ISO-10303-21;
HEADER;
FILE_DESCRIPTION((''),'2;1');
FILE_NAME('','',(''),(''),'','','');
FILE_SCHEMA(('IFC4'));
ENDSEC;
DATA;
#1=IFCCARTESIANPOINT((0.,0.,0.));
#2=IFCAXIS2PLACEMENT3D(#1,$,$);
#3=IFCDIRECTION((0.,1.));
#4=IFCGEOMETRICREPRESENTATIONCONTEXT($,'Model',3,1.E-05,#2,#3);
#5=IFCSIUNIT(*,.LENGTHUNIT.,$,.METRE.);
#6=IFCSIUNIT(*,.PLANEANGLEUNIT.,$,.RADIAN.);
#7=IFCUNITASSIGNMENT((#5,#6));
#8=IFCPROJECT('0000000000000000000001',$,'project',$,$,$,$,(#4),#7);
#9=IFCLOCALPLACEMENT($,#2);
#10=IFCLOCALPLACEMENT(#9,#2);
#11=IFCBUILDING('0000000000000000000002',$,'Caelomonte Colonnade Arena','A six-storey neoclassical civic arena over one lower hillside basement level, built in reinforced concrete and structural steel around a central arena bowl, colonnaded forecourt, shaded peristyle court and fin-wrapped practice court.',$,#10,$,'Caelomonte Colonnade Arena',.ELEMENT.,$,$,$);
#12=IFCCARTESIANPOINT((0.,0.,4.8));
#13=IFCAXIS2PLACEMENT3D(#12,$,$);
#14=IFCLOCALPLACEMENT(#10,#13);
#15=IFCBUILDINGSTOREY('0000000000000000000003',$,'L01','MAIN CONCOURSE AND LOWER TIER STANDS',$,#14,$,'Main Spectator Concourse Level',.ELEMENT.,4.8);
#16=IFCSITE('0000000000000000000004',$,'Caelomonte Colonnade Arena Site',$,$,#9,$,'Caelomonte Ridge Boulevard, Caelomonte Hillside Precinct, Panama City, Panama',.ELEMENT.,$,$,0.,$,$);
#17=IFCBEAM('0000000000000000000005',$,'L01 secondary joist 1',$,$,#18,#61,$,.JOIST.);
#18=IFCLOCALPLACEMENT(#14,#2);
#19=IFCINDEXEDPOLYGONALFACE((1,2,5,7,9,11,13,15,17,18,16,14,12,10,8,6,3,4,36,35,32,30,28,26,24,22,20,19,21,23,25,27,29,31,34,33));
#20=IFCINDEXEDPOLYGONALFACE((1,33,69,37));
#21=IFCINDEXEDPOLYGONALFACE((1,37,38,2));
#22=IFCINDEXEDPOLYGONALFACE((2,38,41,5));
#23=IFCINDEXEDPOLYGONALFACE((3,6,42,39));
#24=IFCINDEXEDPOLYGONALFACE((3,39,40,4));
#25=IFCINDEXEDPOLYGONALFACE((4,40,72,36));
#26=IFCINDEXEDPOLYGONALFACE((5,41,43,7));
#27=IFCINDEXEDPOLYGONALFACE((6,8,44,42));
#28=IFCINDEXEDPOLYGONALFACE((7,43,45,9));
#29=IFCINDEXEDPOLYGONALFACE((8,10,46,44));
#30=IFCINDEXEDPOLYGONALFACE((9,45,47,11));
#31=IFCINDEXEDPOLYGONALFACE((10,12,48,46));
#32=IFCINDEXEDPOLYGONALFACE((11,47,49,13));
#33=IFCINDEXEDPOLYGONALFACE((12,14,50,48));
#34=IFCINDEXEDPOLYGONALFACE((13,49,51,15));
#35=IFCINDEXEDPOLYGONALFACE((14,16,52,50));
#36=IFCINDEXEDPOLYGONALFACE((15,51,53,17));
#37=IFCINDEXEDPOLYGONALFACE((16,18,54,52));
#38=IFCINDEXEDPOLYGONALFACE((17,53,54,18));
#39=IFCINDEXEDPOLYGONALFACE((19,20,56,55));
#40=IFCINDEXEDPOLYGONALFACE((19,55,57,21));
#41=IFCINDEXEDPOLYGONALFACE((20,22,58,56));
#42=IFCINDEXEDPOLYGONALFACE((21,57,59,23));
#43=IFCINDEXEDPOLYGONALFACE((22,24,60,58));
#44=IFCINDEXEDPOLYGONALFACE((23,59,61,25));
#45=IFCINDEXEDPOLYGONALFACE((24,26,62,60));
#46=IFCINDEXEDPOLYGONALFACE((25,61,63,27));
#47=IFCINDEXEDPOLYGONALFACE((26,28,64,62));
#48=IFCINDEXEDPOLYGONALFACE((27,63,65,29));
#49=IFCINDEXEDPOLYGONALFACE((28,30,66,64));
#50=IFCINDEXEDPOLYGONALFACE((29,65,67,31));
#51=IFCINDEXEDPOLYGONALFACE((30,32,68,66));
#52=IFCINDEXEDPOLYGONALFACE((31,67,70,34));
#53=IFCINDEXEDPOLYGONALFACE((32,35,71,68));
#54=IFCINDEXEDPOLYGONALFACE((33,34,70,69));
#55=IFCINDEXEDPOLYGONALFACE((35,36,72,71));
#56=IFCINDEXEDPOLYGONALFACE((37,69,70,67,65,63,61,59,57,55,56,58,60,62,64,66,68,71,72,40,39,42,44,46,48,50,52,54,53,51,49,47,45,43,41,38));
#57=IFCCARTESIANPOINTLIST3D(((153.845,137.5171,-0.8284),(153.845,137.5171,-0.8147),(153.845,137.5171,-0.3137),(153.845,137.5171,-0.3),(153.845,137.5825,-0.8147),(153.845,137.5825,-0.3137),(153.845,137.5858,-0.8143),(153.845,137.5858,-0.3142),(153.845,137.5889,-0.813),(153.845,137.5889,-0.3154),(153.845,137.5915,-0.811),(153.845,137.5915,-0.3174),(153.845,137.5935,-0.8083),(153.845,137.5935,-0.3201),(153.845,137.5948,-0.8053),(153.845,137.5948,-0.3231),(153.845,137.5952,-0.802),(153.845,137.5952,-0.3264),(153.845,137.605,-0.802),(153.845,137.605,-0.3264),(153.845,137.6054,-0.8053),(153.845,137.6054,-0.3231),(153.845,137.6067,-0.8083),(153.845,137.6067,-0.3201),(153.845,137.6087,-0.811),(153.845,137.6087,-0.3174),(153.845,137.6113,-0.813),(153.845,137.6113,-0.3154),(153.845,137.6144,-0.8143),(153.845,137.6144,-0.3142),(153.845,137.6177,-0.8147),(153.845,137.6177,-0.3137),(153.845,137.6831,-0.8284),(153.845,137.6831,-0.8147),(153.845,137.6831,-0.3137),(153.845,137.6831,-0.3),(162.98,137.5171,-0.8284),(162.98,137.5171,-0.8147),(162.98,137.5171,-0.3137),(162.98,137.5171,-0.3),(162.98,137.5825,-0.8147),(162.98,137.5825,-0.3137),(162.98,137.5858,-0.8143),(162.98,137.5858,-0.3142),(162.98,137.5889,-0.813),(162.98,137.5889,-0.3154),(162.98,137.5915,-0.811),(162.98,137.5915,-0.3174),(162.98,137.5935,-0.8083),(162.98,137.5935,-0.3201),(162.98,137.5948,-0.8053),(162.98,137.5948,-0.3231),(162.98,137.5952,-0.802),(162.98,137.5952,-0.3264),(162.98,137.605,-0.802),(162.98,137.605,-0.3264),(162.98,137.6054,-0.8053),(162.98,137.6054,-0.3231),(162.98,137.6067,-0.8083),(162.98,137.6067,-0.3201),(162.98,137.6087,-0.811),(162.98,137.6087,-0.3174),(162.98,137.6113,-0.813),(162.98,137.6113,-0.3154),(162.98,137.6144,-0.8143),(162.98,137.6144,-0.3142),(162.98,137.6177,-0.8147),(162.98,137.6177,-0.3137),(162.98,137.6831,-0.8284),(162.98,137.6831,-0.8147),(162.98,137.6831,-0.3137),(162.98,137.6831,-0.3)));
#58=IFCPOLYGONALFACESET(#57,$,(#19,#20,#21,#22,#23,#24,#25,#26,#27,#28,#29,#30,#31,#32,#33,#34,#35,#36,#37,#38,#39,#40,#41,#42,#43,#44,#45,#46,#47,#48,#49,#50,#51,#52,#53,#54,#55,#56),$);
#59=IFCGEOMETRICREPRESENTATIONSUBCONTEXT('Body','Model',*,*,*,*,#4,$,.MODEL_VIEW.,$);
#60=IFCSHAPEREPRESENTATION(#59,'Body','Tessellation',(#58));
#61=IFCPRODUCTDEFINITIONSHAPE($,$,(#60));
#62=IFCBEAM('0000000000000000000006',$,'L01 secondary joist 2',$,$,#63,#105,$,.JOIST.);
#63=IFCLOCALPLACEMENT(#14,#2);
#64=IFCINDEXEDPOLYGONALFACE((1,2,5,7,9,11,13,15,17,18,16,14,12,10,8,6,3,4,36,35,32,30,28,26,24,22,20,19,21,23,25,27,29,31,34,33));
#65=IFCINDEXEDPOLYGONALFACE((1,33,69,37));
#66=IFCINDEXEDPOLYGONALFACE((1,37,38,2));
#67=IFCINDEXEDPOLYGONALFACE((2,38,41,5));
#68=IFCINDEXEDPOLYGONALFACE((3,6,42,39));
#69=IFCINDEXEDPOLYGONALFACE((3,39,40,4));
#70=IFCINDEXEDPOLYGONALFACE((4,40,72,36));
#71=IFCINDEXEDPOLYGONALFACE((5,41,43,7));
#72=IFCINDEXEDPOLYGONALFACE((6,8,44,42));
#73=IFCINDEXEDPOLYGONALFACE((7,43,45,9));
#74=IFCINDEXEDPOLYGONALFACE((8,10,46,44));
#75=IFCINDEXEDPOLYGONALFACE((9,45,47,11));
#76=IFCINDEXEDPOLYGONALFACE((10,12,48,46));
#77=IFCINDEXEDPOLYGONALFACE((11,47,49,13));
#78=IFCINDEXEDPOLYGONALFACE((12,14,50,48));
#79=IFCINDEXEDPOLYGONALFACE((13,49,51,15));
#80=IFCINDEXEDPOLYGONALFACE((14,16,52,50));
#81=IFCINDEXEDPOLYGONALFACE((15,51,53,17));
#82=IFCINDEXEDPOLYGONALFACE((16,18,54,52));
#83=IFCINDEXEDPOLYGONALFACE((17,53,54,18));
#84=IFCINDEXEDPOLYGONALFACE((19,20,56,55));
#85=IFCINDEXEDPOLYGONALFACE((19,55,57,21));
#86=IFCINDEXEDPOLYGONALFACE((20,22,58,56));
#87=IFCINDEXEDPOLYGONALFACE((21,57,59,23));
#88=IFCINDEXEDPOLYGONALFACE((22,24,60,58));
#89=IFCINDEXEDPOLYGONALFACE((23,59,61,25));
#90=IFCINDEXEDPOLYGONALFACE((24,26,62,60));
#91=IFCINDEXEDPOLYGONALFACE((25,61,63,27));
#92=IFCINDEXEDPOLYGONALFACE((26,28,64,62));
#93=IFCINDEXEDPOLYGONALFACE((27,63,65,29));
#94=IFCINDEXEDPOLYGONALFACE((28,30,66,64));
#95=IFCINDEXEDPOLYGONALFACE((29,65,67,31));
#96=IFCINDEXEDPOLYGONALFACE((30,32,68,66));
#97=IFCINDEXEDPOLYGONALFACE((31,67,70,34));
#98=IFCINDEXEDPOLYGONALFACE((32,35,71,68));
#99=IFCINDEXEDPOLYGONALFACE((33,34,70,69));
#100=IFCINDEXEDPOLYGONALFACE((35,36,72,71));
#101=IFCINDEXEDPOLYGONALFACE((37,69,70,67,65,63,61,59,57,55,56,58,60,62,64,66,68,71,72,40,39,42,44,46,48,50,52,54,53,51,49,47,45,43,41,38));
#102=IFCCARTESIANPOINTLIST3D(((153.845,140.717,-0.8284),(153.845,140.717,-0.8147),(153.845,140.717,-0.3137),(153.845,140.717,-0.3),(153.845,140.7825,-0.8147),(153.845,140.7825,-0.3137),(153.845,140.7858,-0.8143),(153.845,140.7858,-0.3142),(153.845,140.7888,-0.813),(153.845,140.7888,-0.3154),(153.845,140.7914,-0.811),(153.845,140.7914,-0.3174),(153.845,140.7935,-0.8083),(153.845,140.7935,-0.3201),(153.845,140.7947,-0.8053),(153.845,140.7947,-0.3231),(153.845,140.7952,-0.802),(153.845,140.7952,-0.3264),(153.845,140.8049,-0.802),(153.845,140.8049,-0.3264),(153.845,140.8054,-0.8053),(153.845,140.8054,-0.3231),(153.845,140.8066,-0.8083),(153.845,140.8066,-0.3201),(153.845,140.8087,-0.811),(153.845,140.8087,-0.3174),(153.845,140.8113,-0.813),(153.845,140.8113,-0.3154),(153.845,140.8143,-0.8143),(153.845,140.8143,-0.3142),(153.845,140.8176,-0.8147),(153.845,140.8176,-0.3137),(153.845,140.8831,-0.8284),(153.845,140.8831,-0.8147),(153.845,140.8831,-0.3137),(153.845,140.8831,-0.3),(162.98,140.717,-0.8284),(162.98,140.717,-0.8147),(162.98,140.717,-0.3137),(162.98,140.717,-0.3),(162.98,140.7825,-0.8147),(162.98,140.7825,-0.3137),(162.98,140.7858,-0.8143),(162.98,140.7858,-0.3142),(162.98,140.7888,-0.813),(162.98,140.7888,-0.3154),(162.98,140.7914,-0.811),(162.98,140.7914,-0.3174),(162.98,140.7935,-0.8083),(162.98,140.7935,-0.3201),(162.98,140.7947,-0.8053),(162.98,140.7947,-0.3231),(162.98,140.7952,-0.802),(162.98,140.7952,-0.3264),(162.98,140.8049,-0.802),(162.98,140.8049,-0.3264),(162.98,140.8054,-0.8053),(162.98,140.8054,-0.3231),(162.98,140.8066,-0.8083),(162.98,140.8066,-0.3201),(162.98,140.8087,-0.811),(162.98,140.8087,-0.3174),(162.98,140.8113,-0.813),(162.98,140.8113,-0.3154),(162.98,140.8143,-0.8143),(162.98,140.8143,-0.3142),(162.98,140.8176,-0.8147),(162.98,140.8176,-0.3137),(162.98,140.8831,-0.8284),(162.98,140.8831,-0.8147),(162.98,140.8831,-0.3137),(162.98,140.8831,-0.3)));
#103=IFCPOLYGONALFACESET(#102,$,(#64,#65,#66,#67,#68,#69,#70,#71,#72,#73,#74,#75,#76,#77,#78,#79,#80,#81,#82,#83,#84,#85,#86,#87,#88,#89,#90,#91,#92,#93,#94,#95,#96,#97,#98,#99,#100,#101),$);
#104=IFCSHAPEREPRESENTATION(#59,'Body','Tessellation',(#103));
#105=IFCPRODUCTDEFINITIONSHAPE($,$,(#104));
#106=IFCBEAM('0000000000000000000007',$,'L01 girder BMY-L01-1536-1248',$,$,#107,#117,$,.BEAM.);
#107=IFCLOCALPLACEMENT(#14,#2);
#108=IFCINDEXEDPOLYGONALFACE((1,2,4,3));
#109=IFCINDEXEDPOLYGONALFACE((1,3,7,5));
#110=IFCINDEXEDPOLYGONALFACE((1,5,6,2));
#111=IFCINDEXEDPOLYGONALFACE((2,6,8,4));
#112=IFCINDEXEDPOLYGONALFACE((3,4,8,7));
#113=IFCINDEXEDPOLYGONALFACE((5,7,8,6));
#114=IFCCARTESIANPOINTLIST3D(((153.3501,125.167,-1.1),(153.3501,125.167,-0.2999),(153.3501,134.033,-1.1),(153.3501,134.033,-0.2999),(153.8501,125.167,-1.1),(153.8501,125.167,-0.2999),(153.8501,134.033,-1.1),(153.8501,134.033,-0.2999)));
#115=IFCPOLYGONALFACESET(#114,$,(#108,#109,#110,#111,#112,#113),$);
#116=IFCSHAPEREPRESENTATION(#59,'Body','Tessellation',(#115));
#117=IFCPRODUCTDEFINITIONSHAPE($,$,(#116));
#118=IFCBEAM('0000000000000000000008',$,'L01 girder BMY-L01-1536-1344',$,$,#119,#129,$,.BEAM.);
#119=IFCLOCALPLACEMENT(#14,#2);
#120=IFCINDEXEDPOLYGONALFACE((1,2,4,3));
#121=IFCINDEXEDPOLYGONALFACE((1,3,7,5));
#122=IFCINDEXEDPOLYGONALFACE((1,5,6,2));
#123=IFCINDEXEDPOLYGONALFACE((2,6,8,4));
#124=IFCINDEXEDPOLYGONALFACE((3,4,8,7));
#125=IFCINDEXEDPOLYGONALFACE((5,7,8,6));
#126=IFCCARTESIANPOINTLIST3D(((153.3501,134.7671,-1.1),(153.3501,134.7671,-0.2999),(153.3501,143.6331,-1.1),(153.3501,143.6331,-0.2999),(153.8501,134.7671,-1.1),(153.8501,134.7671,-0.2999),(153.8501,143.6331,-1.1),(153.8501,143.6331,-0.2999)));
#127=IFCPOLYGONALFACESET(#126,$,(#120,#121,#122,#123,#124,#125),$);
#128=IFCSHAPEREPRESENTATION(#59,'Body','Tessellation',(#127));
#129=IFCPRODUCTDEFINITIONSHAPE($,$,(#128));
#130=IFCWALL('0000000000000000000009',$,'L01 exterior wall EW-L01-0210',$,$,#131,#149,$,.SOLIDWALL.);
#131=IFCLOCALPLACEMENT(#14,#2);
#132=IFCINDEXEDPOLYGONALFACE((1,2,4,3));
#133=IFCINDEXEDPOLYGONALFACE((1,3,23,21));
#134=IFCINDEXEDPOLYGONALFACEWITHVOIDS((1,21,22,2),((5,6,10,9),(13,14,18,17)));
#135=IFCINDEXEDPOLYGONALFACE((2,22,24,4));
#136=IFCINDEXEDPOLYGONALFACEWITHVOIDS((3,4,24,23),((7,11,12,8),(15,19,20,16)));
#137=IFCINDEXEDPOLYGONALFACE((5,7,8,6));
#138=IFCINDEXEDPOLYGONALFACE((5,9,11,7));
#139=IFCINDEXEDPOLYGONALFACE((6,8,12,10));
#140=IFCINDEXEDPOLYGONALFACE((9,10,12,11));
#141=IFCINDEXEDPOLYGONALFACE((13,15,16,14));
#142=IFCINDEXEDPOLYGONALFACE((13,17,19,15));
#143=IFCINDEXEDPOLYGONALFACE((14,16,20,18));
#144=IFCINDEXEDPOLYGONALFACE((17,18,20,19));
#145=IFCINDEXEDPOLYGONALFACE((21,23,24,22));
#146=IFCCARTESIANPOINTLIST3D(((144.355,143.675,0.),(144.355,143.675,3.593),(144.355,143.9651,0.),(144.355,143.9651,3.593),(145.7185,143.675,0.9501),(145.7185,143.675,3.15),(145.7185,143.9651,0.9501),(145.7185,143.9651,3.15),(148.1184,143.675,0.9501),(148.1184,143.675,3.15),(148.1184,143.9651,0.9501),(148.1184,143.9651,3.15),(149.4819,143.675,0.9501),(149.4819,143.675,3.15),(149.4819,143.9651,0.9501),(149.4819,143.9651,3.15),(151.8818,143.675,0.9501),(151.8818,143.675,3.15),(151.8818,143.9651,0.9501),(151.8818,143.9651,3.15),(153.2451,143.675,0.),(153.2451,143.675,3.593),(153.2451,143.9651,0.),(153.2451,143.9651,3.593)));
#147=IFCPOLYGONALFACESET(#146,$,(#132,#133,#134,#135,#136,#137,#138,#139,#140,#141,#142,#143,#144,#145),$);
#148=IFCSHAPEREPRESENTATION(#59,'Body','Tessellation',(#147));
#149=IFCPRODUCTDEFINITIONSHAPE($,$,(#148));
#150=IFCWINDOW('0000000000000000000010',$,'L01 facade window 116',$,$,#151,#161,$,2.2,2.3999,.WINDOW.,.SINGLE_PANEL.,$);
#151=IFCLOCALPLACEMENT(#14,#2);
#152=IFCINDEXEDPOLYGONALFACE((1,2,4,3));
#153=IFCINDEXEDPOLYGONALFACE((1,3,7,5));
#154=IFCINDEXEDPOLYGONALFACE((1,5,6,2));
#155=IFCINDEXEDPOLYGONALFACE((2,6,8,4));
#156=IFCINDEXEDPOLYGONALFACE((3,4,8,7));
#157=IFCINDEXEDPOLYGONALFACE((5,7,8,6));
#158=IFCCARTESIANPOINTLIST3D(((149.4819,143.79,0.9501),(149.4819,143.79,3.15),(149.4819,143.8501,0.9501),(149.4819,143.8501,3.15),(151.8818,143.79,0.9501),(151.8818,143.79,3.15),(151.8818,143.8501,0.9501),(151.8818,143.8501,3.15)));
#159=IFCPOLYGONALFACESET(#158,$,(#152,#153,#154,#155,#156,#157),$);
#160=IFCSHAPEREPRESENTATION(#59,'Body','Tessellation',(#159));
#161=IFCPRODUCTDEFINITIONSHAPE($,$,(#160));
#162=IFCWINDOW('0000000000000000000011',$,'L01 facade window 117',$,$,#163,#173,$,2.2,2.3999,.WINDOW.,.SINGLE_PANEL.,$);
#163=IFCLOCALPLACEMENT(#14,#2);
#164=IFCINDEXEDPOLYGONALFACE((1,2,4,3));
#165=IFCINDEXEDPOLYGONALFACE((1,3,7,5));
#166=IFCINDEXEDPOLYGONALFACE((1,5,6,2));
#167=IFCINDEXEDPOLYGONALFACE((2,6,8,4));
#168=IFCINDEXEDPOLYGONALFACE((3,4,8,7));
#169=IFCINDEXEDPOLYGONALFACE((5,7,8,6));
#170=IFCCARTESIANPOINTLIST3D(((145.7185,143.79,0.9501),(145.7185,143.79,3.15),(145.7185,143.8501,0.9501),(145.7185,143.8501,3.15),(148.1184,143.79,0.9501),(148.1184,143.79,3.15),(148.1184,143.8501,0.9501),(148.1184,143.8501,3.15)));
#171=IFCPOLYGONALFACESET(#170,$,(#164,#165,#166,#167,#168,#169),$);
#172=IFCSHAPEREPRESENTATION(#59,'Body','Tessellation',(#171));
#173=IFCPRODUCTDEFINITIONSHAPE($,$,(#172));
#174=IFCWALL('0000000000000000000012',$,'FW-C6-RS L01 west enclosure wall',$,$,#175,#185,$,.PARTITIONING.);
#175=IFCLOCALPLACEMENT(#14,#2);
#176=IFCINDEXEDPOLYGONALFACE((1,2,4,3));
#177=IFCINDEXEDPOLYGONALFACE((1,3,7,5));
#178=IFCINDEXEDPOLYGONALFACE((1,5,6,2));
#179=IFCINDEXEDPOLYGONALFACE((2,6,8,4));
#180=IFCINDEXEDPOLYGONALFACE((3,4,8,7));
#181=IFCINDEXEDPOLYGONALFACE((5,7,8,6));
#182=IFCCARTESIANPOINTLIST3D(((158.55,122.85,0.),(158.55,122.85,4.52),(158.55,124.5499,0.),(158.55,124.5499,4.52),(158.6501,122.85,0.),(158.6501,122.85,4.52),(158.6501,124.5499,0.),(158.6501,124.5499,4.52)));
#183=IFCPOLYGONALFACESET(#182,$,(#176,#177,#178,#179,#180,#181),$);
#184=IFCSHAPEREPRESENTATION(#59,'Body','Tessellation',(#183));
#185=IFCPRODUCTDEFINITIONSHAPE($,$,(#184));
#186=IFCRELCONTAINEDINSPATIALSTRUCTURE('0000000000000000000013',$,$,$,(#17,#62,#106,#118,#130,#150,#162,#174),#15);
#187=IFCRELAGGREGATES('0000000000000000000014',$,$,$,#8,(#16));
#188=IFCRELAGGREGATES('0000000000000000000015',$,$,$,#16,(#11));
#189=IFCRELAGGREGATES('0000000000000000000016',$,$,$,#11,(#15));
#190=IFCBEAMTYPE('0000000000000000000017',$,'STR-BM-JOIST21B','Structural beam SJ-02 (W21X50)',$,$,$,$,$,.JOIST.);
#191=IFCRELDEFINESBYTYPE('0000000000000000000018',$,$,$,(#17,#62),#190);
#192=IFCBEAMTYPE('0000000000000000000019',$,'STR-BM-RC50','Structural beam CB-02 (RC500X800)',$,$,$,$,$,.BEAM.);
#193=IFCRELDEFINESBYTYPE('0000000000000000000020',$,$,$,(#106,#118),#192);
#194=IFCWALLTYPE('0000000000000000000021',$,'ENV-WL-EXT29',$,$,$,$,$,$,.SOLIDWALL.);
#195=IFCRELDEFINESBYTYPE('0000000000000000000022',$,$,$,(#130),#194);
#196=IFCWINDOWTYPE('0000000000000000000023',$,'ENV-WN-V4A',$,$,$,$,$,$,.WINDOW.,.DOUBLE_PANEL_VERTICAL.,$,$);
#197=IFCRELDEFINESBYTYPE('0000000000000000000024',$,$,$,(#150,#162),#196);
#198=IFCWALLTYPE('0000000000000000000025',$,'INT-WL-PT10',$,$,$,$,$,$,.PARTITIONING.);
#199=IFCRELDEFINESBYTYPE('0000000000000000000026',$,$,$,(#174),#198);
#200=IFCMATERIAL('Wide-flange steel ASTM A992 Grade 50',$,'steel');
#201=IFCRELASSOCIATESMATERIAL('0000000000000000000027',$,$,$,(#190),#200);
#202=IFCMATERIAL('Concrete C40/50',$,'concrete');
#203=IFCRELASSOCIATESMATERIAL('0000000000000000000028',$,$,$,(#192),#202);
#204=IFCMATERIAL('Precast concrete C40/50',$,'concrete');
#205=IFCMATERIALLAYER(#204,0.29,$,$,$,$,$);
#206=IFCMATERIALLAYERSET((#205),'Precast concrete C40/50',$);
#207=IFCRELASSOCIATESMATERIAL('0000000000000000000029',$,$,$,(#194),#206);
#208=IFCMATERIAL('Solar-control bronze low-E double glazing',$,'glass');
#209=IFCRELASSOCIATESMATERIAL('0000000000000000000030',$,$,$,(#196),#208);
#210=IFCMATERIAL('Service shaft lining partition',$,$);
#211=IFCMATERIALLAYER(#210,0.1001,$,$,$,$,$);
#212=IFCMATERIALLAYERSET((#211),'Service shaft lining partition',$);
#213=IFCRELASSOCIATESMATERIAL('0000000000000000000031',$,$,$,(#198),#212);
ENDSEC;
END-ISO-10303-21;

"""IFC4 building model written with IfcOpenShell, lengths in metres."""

from ifc_helpers import new_model, si_unit, direction, frame, frame_2d, origin, origin_2d, place, context, subcontext, project, spatial, rectangle, i_section, extrude, material, layer, layer_set, material_profile, profile_set, type_object, element, fill, save


model = new_model("IFC4")

# Units and contexts
model_context = context("Model", 3, precision=1e-05, world=origin(), true_north=direction((0.0, 1.0)))
body_context = subcontext(model_context, "Body", "Model", "MODEL_VIEW")
ifc_project = project(units=[si_unit("LENGTHUNIT", "METRE"), si_unit("PLANEANGLEUNIT", "RADIAN")], contexts=[model_context])

# Site, building, storey
site_placement = place(None, origin())
site = spatial("IfcSite", under=ifc_project, at=site_placement, Name="Caelomonte Colonnade Arena Site", LongName="Caelomonte Ridge Boulevard, Caelomonte Hillside Precinct, Panama City, Panama", CompositionType="ELEMENT", RefElevation=0.0)
building_placement = place(site_placement, origin())
building = spatial("IfcBuilding", under=site, at=building_placement, Name="Caelomonte Colonnade Arena", Description="A six-storey neoclassical civic arena over one lower hillside basement level, built in reinforced concrete and structural steel around a central arena bowl, colonnaded forecourt, shaded peristyle court and fin-wrapped practice court.", LongName="Caelomonte Colonnade Arena", CompositionType="ELEMENT")
storey_placement = place(building_placement, frame((0.0, 0.0, 4.8)))
storey = spatial("IfcBuildingStorey", under=building, at=storey_placement, Name="L01", Description="MAIN CONCOURSE AND LOWER TIER STANDS", LongName="Main Spectator Concourse Level", CompositionType="ELEMENT", Elevation=4.8)

# Shared definitions
ifc_material_1 = material(Name="Concrete C40/50", Category="concrete")

# Beams
ifc_material_2 = material(Name="Wide-flange steel ASTM A992 Grade 50", Category="steel")
ifc_material_profile_1 = material_profile(ifc_material_2, i_section(OverallWidth=0.166, OverallDepth=0.5283, WebThickness=0.0098, FlangeThickness=0.0137, FilletRadius=0.0127, at=origin_2d()), Name="W21X50")
ifc_profile_set_1 = profile_set([ifc_material_profile_1], Name="Wide-flange steel ASTM A992 Grade 50")
beam_type_1 = type_object("IfcBeamType", Name="STR-BM-JOIST21B", Description="Structural beam SJ-02 (W21X50)", PredefinedType="JOIST", material=ifc_profile_set_1)
for number, where, z_axis, x_axis, name in (
    (1, (153.845, 137.6001, -0.5642), (1.0, 0.0, 0.0), (0.0, 1.0, 0.0), "L01 secondary joist 1"),
    (2, (153.845, 140.8, -0.5642), (1.0, 0.0, 0.0), (0.0, 1.0, 0.0), "L01 secondary joist 2"),
):
    element("IfcBeam", number, at=place(storey_placement, frame(where, z_axis=z_axis, x_axis=x_axis)), inside=storey, type_object=beam_type_1, Name=name, PredefinedType="JOIST", context=body_context, shape_type="SweptSolid", body=[
        extrude(i_section(OverallWidth=0.166, OverallDepth=0.5283, WebThickness=0.0098, FlangeThickness=0.0137, FilletRadius=0.0127, at=origin_2d()), origin(), (0.0, 0.0, 1.0), 9.135),
    ])
ifc_material_profile_2 = material_profile(ifc_material_1, rectangle(XDim=0.5, YDim=0.8, at=origin_2d()), Name="RC500X800")
ifc_profile_set_2 = profile_set([ifc_material_profile_2], Name="Concrete C40/50")
beam_type_2 = type_object("IfcBeamType", Name="STR-BM-RC50", Description="Structural beam CB-02 (RC500X800)", PredefinedType="BEAM", material=ifc_profile_set_2)
for number, where, z_axis, x_axis, name in (
    (3, (153.6001, 125.167, -0.7), (0.0, 1.0, 0.0), (-1.0, 0.0, 0.0), "L01 girder BMY-L01-1536-1248"),
    (4, (153.6001, 134.7671, -0.7), (0.0, 1.0, 0.0), (-1.0, 0.0, 0.0), "L01 girder BMY-L01-1536-1344"),
):
    element("IfcBeam", number, at=place(storey_placement, frame(where, z_axis=z_axis, x_axis=x_axis)), inside=storey, type_object=beam_type_2, Name=name, PredefinedType="BEAM", context=body_context, shape_type="SweptSolid", body=[
        extrude(rectangle(XDim=0.5, YDim=0.8, at=origin_2d()), origin(), (0.0, 0.0, 1.0), 8.866),
    ])

# Wall, openings, windows
ifc_material_3 = material(Name="Precast concrete C40/50", Category="concrete")
ifc_layer_1 = layer(ifc_material_3, 0.29)
ifc_layer_set_1 = layer_set([ifc_layer_1], Name="Precast concrete C40/50")
wall_type_1 = type_object("IfcWallType", Name="ENV-WL-EXT29", PredefinedType="SOLIDWALL", material=ifc_layer_set_1)
wall_1_placement = place(storey_placement, frame((153.2451, 143.8201, 0.0), z_axis=(0.0, 0.0, 1.0), x_axis=(-1.0, 0.0, 0.0)))
wall_1 = element("IfcWall", 5, at=wall_1_placement, inside=storey, type_object=wall_type_1, Name="L01 exterior wall EW-L01-0210", PredefinedType="SOLIDWALL", context=body_context, shape_type="SweptSolid", body=[
    extrude(rectangle(XDim=8.8901, YDim=0.29, at=frame_2d((4.4451, 0.0))), origin(), (0.0, 0.0, 1.0), 3.593),
])
opening_1_placement = place(wall_1_placement, frame((3.7632, 0.0, 0.95), z_axis=(0.0, 0.0, 1.0), x_axis=(-1.0, 0.0, 0.0)))
opening_1 = element("IfcOpeningElement", 6, at=opening_1_placement, cuts=wall_1, PredefinedType="OPENING", context=body_context, shape_type="SweptSolid", body=[
    extrude(rectangle(XDim=2.3999, YDim=2.2, at=frame_2d((1.2, 1.1001))), frame((0.0, 0.155, 0.0), z_axis=(0.0, -1.0, 0.0), x_axis=(1.0, 0.0, 0.0)), (0.0, 0.0, 1.0), 0.3101),
])
opening_2_placement = place(wall_1_placement, frame((7.5266, 0.0, 0.95), z_axis=(0.0, 0.0, 1.0), x_axis=(-1.0, 0.0, 0.0)))
opening_2 = element("IfcOpeningElement", 7, at=opening_2_placement, cuts=wall_1, PredefinedType="OPENING", context=body_context, shape_type="SweptSolid", body=[
    extrude(rectangle(XDim=2.3999, YDim=2.2, at=frame_2d((1.2, 1.1001))), frame((0.0, 0.155, 0.0), z_axis=(0.0, -1.0, 0.0), x_axis=(1.0, 0.0, 0.0)), (0.0, 0.0, 1.0), 0.3101),
])
ifc_material_4 = material(Name="Solar-control bronze low-E double glazing", Category="glass")
window_type = type_object("IfcWindowType", Name="ENV-WN-V4A", PartitioningType="DOUBLE_PANEL_VERTICAL", PredefinedType="WINDOW", material=ifc_material_4)
window_1_placement = place(opening_1_placement, origin())
window_1 = element("IfcWindow", 8, at=window_1_placement, inside=storey, type_object=window_type, Name="L01 facade window 116", OverallHeight=2.2, OverallWidth=2.3999, PartitioningType="SINGLE_PANEL", PredefinedType="WINDOW", context=body_context, shape_type="SweptSolid", body=[
    extrude(rectangle(XDim=2.3999, YDim=2.2, at=frame_2d((1.2, 1.1001))), frame((0.0, 0.03, 0.0), z_axis=(0.0, -1.0, 0.0), x_axis=(1.0, 0.0, 0.0)), (0.0, 0.0, 1.0), 0.0601),
])
fill(opening_1, window_1)
window_2_placement = place(opening_2_placement, origin())
window_2 = element("IfcWindow", 9, at=window_2_placement, inside=storey, type_object=window_type, Name="L01 facade window 117", OverallHeight=2.2, OverallWidth=2.3999, PartitioningType="SINGLE_PANEL", PredefinedType="WINDOW", context=body_context, shape_type="SweptSolid", body=[
    extrude(rectangle(XDim=2.3999, YDim=2.2, at=frame_2d((1.2, 1.1001))), frame((0.0, 0.03, 0.0), z_axis=(0.0, -1.0, 0.0), x_axis=(1.0, 0.0, 0.0)), (0.0, 0.0, 1.0), 0.0601),
])
fill(opening_2, window_2)

# Wall
ifc_material_5 = material(Name="Service shaft lining partition")
ifc_layer_2 = layer(ifc_material_5, 0.1001)
ifc_layer_set_2 = layer_set([ifc_layer_2], Name="Service shaft lining partition")
wall_type_2 = type_object("IfcWallType", Name="INT-WL-PT10", PredefinedType="PARTITIONING", material=ifc_layer_set_2)
wall_2_placement = place(storey_placement, frame((158.6001, 124.55, 0.0), z_axis=(0.0, 0.0, 1.0), x_axis=(0.0, -1.0, 0.0)))
element("IfcWall", 10, at=wall_2_placement, inside=storey, type_object=wall_type_2, Name="FW-C6-RS L01 west enclosure wall", PredefinedType="PARTITIONING", context=body_context, shape_type="SweptSolid", body=[
    extrude(rectangle(XDim=1.7, YDim=0.1001, at=frame_2d((0.8501, 0.0))), origin(), (0.0, 0.0, 1.0), 4.52),
])

save(model, "model.ifc")
